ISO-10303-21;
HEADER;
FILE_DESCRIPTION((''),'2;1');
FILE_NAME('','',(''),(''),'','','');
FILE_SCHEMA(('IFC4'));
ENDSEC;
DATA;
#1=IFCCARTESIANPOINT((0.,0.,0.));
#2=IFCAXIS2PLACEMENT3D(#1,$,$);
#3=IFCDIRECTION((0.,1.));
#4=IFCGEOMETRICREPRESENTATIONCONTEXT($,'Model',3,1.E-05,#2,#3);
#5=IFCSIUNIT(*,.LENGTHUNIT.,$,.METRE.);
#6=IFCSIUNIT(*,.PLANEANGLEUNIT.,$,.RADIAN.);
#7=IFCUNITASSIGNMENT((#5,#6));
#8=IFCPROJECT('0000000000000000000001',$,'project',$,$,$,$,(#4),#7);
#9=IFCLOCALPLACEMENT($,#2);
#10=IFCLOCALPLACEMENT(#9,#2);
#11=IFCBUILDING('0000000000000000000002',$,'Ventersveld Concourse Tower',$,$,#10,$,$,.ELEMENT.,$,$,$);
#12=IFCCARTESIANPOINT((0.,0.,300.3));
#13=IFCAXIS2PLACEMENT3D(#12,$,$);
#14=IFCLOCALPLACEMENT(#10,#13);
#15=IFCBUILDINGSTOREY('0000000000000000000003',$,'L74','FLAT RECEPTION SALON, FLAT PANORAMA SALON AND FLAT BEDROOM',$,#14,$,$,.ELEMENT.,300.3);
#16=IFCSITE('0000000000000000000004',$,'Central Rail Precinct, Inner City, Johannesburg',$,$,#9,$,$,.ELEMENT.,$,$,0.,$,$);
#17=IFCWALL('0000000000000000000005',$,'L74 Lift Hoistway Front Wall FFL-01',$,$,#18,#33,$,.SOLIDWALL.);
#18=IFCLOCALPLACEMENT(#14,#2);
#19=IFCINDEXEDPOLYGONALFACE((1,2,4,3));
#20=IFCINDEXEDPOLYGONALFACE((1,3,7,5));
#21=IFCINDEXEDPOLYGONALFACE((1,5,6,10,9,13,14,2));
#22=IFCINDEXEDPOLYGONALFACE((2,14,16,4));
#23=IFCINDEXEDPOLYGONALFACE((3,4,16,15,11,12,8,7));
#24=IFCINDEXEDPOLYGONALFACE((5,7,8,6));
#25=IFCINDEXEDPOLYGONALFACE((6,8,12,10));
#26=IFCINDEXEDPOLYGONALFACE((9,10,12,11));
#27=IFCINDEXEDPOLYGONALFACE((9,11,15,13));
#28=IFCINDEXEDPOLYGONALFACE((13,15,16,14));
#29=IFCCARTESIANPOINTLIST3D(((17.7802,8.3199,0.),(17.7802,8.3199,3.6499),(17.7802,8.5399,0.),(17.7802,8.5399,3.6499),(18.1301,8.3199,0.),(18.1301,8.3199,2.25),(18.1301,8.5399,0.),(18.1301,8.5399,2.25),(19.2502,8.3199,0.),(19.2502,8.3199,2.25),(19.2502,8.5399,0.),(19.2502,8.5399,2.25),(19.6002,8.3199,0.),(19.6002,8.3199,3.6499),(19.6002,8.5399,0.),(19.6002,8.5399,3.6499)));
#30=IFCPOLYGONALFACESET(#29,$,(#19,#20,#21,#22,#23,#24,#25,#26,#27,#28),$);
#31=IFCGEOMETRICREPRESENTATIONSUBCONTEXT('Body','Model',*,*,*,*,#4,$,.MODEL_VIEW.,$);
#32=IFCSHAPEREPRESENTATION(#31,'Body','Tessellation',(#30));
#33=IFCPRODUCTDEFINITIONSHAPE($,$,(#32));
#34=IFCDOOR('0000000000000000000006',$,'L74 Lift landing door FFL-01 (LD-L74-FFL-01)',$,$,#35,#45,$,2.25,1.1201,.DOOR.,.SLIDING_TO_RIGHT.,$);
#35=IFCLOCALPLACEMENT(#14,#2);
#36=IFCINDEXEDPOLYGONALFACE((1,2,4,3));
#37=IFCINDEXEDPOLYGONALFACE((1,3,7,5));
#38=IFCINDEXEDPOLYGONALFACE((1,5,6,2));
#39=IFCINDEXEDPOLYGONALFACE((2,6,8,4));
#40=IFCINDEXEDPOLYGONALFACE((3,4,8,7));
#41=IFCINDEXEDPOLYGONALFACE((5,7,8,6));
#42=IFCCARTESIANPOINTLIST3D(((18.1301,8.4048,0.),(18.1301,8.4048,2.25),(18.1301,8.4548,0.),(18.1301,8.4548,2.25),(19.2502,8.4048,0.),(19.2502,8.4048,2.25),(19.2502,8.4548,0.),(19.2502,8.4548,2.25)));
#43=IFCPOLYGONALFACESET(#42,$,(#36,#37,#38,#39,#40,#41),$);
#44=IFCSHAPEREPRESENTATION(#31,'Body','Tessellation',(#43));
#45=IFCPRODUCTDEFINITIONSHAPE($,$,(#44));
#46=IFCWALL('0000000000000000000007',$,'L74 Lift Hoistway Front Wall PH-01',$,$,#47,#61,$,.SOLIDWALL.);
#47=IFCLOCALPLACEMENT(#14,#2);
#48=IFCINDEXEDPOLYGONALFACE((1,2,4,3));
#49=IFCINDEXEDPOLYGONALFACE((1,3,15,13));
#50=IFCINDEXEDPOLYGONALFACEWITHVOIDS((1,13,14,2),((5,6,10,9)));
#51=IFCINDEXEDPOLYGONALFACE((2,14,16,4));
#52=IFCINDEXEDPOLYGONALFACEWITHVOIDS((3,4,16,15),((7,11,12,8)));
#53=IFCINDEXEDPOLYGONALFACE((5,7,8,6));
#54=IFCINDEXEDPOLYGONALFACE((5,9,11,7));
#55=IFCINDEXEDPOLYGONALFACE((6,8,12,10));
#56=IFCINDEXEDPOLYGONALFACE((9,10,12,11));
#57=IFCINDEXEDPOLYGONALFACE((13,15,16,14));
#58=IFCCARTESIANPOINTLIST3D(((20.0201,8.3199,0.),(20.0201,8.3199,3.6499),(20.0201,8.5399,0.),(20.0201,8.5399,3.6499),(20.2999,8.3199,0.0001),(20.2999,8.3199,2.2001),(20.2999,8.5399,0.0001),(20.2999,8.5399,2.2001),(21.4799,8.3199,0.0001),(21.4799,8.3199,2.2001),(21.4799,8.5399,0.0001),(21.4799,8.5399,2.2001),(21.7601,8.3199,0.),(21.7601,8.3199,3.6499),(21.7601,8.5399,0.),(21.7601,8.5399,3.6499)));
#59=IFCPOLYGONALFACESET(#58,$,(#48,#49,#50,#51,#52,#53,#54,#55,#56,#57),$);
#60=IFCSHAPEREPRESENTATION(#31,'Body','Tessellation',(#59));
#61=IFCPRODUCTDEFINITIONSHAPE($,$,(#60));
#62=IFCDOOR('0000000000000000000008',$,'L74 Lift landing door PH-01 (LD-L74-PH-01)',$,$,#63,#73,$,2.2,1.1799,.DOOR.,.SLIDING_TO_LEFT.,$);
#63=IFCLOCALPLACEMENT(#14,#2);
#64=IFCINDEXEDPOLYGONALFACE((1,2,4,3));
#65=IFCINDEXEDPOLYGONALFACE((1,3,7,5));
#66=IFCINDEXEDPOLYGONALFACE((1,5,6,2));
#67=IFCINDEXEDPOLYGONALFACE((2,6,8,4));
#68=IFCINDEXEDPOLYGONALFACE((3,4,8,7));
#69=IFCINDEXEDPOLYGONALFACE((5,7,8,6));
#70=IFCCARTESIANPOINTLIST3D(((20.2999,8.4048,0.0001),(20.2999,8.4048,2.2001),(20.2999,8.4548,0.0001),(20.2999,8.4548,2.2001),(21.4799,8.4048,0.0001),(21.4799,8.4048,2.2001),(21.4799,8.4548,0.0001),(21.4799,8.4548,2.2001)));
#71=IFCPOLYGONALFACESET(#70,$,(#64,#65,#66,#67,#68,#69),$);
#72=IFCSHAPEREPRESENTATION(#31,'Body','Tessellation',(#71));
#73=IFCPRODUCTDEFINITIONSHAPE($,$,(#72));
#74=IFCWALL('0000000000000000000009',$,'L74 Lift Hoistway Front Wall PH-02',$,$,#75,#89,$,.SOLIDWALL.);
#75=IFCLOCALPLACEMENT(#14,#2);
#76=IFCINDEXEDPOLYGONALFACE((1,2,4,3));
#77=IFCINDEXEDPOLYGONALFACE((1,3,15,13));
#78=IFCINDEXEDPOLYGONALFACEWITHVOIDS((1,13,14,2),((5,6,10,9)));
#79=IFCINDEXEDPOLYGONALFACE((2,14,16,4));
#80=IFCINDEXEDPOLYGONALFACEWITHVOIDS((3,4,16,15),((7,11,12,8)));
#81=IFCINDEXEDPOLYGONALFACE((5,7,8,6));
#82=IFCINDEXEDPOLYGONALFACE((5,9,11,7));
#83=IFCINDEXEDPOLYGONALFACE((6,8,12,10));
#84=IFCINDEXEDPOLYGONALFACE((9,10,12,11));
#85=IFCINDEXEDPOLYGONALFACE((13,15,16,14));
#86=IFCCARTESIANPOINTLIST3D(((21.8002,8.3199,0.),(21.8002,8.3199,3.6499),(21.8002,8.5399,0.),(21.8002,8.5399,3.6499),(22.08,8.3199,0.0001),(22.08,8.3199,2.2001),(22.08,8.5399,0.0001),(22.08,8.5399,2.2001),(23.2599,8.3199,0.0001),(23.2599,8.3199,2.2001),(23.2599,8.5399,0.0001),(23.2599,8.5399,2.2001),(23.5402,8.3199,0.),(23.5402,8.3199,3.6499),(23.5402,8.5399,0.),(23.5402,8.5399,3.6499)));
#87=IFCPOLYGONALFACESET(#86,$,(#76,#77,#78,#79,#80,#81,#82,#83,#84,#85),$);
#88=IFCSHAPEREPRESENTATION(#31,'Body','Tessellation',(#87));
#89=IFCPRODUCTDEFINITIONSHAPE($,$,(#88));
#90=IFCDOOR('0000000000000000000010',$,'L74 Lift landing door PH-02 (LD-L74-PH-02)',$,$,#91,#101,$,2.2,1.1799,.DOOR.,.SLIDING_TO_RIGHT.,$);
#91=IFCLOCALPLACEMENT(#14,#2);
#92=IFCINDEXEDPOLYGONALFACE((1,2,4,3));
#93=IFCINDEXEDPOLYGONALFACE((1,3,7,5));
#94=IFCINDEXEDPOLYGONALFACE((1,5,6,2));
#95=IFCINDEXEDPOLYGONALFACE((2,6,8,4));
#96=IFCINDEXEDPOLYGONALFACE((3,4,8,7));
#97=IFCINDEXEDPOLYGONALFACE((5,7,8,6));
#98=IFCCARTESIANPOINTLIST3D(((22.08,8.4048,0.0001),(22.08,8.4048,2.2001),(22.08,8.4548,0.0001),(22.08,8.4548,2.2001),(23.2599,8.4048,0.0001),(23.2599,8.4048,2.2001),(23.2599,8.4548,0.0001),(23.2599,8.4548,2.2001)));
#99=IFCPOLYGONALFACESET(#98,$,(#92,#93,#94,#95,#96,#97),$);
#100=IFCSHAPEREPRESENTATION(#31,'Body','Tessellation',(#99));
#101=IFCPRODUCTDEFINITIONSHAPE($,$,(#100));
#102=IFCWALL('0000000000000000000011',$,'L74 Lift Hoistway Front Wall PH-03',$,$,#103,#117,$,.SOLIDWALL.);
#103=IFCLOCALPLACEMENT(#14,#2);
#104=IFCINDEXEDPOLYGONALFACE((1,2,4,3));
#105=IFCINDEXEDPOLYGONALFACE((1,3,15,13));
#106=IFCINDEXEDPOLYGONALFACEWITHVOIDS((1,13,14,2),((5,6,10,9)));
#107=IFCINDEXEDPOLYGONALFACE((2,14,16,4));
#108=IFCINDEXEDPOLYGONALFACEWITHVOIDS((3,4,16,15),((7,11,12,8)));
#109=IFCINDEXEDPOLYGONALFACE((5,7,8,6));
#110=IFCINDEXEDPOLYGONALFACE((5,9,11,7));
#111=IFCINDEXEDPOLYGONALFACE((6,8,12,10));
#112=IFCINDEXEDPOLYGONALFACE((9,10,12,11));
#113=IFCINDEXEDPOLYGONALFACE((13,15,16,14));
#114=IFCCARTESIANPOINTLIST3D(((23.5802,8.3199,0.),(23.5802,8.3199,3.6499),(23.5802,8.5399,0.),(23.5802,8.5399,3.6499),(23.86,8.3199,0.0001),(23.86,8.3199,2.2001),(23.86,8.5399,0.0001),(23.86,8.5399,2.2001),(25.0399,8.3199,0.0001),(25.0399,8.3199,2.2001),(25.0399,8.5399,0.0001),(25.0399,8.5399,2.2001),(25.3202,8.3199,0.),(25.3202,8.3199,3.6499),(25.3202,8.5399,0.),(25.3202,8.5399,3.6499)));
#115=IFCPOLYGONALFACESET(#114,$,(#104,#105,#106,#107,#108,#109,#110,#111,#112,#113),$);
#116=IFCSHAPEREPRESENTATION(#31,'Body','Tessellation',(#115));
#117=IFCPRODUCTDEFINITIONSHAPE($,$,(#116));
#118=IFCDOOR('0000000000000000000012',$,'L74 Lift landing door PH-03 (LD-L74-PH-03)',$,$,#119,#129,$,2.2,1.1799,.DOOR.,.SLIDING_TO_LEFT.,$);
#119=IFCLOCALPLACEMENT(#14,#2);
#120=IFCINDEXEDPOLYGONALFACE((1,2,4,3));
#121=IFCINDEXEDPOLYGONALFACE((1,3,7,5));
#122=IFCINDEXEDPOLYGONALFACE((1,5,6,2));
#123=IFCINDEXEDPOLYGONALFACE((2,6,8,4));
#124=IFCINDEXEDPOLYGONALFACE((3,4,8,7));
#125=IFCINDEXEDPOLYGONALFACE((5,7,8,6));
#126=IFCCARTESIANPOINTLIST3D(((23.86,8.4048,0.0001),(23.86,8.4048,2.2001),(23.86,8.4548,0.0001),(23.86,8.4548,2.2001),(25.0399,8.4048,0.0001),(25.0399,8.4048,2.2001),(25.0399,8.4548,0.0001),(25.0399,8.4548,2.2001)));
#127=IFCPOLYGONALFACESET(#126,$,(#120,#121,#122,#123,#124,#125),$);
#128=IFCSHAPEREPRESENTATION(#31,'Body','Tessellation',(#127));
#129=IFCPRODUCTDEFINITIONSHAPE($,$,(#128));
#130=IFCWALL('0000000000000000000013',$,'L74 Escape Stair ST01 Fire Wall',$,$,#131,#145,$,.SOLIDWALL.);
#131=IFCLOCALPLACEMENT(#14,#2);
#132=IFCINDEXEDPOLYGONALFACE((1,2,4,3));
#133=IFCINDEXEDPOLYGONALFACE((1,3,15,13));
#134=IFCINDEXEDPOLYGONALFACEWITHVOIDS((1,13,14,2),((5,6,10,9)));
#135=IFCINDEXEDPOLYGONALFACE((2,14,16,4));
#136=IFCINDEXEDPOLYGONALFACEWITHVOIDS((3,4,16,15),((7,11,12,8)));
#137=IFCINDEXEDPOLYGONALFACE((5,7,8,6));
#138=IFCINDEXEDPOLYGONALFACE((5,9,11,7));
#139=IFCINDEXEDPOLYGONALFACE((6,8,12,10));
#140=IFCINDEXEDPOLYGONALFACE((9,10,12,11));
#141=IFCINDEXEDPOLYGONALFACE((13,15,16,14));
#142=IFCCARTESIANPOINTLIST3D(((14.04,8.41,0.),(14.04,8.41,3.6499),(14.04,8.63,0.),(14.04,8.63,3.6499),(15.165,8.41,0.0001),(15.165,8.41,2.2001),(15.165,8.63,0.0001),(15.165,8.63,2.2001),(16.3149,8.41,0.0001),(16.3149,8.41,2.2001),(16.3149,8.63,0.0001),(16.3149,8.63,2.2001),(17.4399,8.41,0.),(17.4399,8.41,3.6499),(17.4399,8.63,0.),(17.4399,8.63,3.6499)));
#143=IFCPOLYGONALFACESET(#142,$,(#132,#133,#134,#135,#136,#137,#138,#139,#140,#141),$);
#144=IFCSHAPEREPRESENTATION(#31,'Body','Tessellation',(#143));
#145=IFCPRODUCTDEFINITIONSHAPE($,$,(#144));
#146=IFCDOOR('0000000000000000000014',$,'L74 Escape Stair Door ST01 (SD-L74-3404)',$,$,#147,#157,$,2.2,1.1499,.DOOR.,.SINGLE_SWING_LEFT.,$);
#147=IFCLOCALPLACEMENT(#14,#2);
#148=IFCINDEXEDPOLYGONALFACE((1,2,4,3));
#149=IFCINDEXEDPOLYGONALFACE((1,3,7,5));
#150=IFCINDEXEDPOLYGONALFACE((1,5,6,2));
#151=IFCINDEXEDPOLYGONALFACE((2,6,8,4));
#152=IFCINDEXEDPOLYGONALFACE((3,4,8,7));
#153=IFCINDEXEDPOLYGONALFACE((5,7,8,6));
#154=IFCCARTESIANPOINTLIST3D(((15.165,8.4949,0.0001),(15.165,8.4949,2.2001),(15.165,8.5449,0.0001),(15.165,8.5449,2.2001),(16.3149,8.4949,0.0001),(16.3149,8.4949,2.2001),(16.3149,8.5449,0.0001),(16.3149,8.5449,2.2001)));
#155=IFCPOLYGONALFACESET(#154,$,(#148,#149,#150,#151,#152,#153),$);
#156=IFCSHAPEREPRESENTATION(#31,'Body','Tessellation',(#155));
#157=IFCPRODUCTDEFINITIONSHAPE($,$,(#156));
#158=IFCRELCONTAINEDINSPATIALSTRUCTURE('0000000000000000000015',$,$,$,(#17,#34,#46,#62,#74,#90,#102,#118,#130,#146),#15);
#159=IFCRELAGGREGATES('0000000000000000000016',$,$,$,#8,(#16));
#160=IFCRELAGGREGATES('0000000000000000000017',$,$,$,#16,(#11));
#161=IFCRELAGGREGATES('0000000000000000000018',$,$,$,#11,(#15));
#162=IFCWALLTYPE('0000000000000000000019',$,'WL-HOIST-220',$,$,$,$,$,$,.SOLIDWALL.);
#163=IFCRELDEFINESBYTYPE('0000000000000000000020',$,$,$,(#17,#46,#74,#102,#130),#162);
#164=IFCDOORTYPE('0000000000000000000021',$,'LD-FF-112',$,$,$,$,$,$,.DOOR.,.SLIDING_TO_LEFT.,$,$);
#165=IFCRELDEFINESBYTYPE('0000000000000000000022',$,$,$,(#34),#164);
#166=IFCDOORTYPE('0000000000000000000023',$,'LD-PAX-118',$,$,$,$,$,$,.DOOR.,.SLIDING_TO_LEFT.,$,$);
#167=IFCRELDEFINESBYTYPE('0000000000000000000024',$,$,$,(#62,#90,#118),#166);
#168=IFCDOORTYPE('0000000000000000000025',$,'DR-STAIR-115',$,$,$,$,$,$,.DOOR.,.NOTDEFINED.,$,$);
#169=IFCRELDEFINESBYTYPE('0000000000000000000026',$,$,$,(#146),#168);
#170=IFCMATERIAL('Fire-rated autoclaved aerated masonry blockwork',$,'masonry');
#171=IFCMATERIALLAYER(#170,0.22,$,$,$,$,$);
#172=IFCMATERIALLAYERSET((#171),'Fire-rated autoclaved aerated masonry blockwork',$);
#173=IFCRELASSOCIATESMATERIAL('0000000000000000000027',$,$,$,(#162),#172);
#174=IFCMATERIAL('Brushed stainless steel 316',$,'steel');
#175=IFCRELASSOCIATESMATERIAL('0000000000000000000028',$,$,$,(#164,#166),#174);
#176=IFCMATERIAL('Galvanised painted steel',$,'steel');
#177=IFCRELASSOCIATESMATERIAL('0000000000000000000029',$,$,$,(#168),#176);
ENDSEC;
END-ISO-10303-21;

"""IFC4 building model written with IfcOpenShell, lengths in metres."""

from ifc_helpers import new_model, si_unit, direction, frame, frame_2d, origin, place, context, subcontext, project, spatial, rectangle, extrude, material, layer, layer_set, type_object, element, fill, save


model = new_model("IFC4")

# Units and contexts
model_context = context("Model", 3, precision=1e-05, world=origin(), true_north=direction((0.0, 1.0)))
body_context = subcontext(model_context, "Body", "Model", "MODEL_VIEW")
ifc_project = project(units=[si_unit("LENGTHUNIT", "METRE"), si_unit("PLANEANGLEUNIT", "RADIAN")], contexts=[model_context])

# Site, building, storey
site_placement = place(None, origin())
site = spatial("IfcSite", under=ifc_project, at=site_placement, Name="Central Rail Precinct, Inner City, Johannesburg", CompositionType="ELEMENT", RefElevation=0.0)
building_placement = place(site_placement, origin())
building = spatial("IfcBuilding", under=site, at=building_placement, Name="Ventersveld Concourse Tower", CompositionType="ELEMENT")
storey_placement = place(building_placement, frame((0.0, 0.0, 300.3)))
storey = spatial("IfcBuildingStorey", under=building, at=storey_placement, Name="L74", Description="FLAT RECEPTION SALON, FLAT PANORAMA SALON AND FLAT BEDROOM", CompositionType="ELEMENT", Elevation=300.3)

# Walls, openings, doors
ifc_material_1 = material(Name="Fire-rated autoclaved aerated masonry blockwork", Category="masonry")
ifc_layer_1 = layer(ifc_material_1, 0.22)
ifc_layer_set_1 = layer_set([ifc_layer_1], Name="Fire-rated autoclaved aerated masonry blockwork")
wall_type_1 = type_object("IfcWallType", Name="WL-HOIST-220", PredefinedType="SOLIDWALL", material=ifc_layer_set_1)
wall_1_placement = place(storey_placement, frame((17.78, 8.4299, 0.0), z_axis=(0.0, 0.0, 1.0), x_axis=(1.0, 0.0, 0.0)))
wall_1 = element("IfcWall", 1, at=wall_1_placement, inside=storey, type_object=wall_type_1, Name="L74 Lift Hoistway Front Wall FFL-01", PredefinedType="SOLIDWALL", context=body_context, shape_type="SweptSolid", body=[
    extrude(rectangle(XDim=1.8201, YDim=0.22, at=frame_2d((0.9102, 0.0))), origin(), (0.0, 0.0, 1.0), 3.6499),
])
opening_1_placement = place(wall_1_placement, frame((0.3501, 0.0, 0.0)))
opening_1 = element("IfcOpeningElement", 2, at=opening_1_placement, cuts=wall_1, PredefinedType="OPENING", context=body_context, shape_type="SweptSolid", body=[
    extrude(rectangle(XDim=1.1201, YDim=2.25, at=frame_2d((0.5601, 1.125))), frame((0.0, 0.1201, 0.0), z_axis=(0.0, -1.0, 0.0), x_axis=(1.0, 0.0, 0.0)), (0.0, 0.0, 1.0), 0.24),
])
ifc_material_2 = material(Name="Brushed stainless steel 316", Category="steel")
door_type_1 = type_object("IfcDoorType", Name="LD-FF-112", OperationType="SLIDING_TO_LEFT", PredefinedType="DOOR", material=ifc_material_2)
door_1_placement = place(opening_1_placement, origin())
door_1 = element("IfcDoor", 3, at=door_1_placement, inside=storey, type_object=door_type_1, Name="L74 Lift landing door FFL-01 (LD-L74-FFL-01)", OperationType="SLIDING_TO_RIGHT", OverallHeight=2.25, OverallWidth=1.1201, PredefinedType="DOOR", context=body_context, shape_type="SweptSolid", body=[
    extrude(rectangle(XDim=1.1201, YDim=2.25, at=frame_2d((0.5601, 1.125))), frame((0.0, 0.0249, 0.0), z_axis=(0.0, -1.0, 0.0), x_axis=(1.0, 0.0, 0.0)), (0.0, 0.0, 1.0), 0.05),
])
fill(opening_1, door_1)
wall_2_placement = place(storey_placement, frame((20.02, 8.4299, 0.0), z_axis=(0.0, 0.0, 1.0), x_axis=(1.0, 0.0, 0.0)))
wall_2 = element("IfcWall", 4, at=wall_2_placement, inside=storey, type_object=wall_type_1, Name="L74 Lift Hoistway Front Wall PH-01", PredefinedType="SOLIDWALL", context=body_context, shape_type="SweptSolid", body=[
    extrude(rectangle(XDim=1.74, YDim=0.22, at=frame_2d((0.8701, 0.0))), origin(), (0.0, 0.0, 1.0), 3.6499),
])
opening_2_placement = place(wall_2_placement, frame((0.28, 0.0, 0.0)))
opening_2 = element("IfcOpeningElement", 5, at=opening_2_placement, cuts=wall_2, PredefinedType="OPENING", context=body_context, shape_type="SweptSolid", body=[
    extrude(rectangle(XDim=1.1799, YDim=2.2, at=frame_2d((0.5898, 1.1001))), frame((0.0, 0.1201, 0.0), z_axis=(0.0, -1.0, 0.0), x_axis=(1.0, 0.0, 0.0)), (0.0, 0.0, 1.0), 0.24),
])
door_type_2 = type_object("IfcDoorType", Name="LD-PAX-118", OperationType="SLIDING_TO_LEFT", PredefinedType="DOOR", material=ifc_material_2)
door_2_placement = place(opening_2_placement, origin())
door_2 = element("IfcDoor", 6, at=door_2_placement, inside=storey, type_object=door_type_2, Name="L74 Lift landing door PH-01 (LD-L74-PH-01)", OperationType="SLIDING_TO_LEFT", OverallHeight=2.2, OverallWidth=1.1799, PredefinedType="DOOR", context=body_context, shape_type="SweptSolid", body=[
    extrude(rectangle(XDim=1.1799, YDim=2.2, at=frame_2d((0.5898, 1.1001))), frame((0.0, 0.0249, 0.0), z_axis=(0.0, -1.0, 0.0), x_axis=(1.0, 0.0, 0.0)), (0.0, 0.0, 1.0), 0.05),
])
fill(opening_2, door_2)
wall_3_placement = place(storey_placement, frame((21.8, 8.4299, 0.0), z_axis=(0.0, 0.0, 1.0), x_axis=(1.0, 0.0, 0.0)))
wall_3 = element("IfcWall", 7, at=wall_3_placement, inside=storey, type_object=wall_type_1, Name="L74 Lift Hoistway Front Wall PH-02", PredefinedType="SOLIDWALL", context=body_context, shape_type="SweptSolid", body=[
    extrude(rectangle(XDim=1.74, YDim=0.22, at=frame_2d((0.8701, 0.0))), origin(), (0.0, 0.0, 1.0), 3.6499),
])
opening_3_placement = place(wall_3_placement, frame((0.28, 0.0, 0.0)))
opening_3 = element("IfcOpeningElement", 8, at=opening_3_placement, cuts=wall_3, PredefinedType="OPENING", context=body_context, shape_type="SweptSolid", body=[
    extrude(rectangle(XDim=1.1799, YDim=2.2, at=frame_2d((0.5898, 1.1001))), frame((0.0, 0.1201, 0.0), z_axis=(0.0, -1.0, 0.0), x_axis=(1.0, 0.0, 0.0)), (0.0, 0.0, 1.0), 0.24),
])
door_3_placement = place(opening_3_placement, origin())
door_3 = element("IfcDoor", 9, at=door_3_placement, inside=storey, type_object=door_type_2, Name="L74 Lift landing door PH-02 (LD-L74-PH-02)", OperationType="SLIDING_TO_RIGHT", OverallHeight=2.2, OverallWidth=1.1799, PredefinedType="DOOR", context=body_context, shape_type="SweptSolid", body=[
    extrude(rectangle(XDim=1.1799, YDim=2.2, at=frame_2d((0.5898, 1.1001))), frame((0.0, 0.0249, 0.0), z_axis=(0.0, -1.0, 0.0), x_axis=(1.0, 0.0, 0.0)), (0.0, 0.0, 1.0), 0.05),
])
fill(opening_3, door_3)
wall_4_placement = place(storey_placement, frame((23.5801, 8.4299, 0.0), z_axis=(0.0, 0.0, 1.0), x_axis=(1.0, 0.0, 0.0)))
wall_4 = element("IfcWall", 10, at=wall_4_placement, inside=storey, type_object=wall_type_1, Name="L74 Lift Hoistway Front Wall PH-03", PredefinedType="SOLIDWALL", context=body_context, shape_type="SweptSolid", body=[
    extrude(rectangle(XDim=1.74, YDim=0.22, at=frame_2d((0.8701, 0.0))), origin(), (0.0, 0.0, 1.0), 3.6499),
])
opening_4_placement = place(wall_4_placement, frame((0.28, 0.0, 0.0)))
opening_4 = element("IfcOpeningElement", 11, at=opening_4_placement, cuts=wall_4, PredefinedType="OPENING", context=body_context, shape_type="SweptSolid", body=[
    extrude(rectangle(XDim=1.1799, YDim=2.2, at=frame_2d((0.5898, 1.1001))), frame((0.0, 0.1201, 0.0), z_axis=(0.0, -1.0, 0.0), x_axis=(1.0, 0.0, 0.0)), (0.0, 0.0, 1.0), 0.24),
])
door_4_placement = place(opening_4_placement, origin())
door_4 = element("IfcDoor", 12, at=door_4_placement, inside=storey, type_object=door_type_2, Name="L74 Lift landing door PH-03 (LD-L74-PH-03)", OperationType="SLIDING_TO_LEFT", OverallHeight=2.2, OverallWidth=1.1799, PredefinedType="DOOR", context=body_context, shape_type="SweptSolid", body=[
    extrude(rectangle(XDim=1.1799, YDim=2.2, at=frame_2d((0.5898, 1.1001))), frame((0.0, 0.0249, 0.0), z_axis=(0.0, -1.0, 0.0), x_axis=(1.0, 0.0, 0.0)), (0.0, 0.0, 1.0), 0.05),
])
fill(opening_4, door_4)
wall_5_placement = place(storey_placement, frame((14.04, 8.52, 0.0), z_axis=(0.0, 0.0, 1.0), x_axis=(1.0, 0.0, 0.0)))
wall_5 = element("IfcWall", 13, at=wall_5_placement, inside=storey, type_object=wall_type_1, Name="L74 Escape Stair ST01 Fire Wall", PredefinedType="SOLIDWALL", context=body_context, shape_type="SweptSolid", body=[
    extrude(rectangle(XDim=3.3999, YDim=0.22, at=frame_2d((1.7, 0.0))), origin(), (0.0, 0.0, 1.0), 3.6499),
])
opening_5_placement = place(wall_5_placement, frame((1.125, 0.0, 0.0)))
opening_5 = element("IfcOpeningElement", 14, at=opening_5_placement, cuts=wall_5, PredefinedType="OPENING", context=body_context, shape_type="SweptSolid", body=[
    extrude(rectangle(XDim=1.1499, YDim=2.2, at=frame_2d((0.575, 1.1001))), frame((0.0, 0.1201, 0.0), z_axis=(0.0, -1.0, 0.0), x_axis=(1.0, 0.0, 0.0)), (0.0, 0.0, 1.0), 0.24),
])
ifc_material_3 = material(Name="Galvanised painted steel", Category="steel")
door_type_3 = type_object("IfcDoorType", Name="DR-STAIR-115", OperationType="NOTDEFINED", PredefinedType="DOOR", material=ifc_material_3)
door_5_placement = place(opening_5_placement, origin())
door_5 = element("IfcDoor", 15, at=door_5_placement, inside=storey, type_object=door_type_3, Name="L74 Escape Stair Door ST01 (SD-L74-3404)", OperationType="SINGLE_SWING_LEFT", OverallHeight=2.2, OverallWidth=1.1499, PredefinedType="DOOR", context=body_context, shape_type="SweptSolid", body=[
    extrude(rectangle(XDim=1.1499, YDim=2.2, at=frame_2d((0.575, 1.1001))), frame((0.0, 0.0249, 0.0), z_axis=(0.0, -1.0, 0.0), x_axis=(1.0, 0.0, 0.0)), (0.0, 0.0, 1.0), 0.05),
])
fill(opening_5, door_5)

save(model, "model.ifc")
